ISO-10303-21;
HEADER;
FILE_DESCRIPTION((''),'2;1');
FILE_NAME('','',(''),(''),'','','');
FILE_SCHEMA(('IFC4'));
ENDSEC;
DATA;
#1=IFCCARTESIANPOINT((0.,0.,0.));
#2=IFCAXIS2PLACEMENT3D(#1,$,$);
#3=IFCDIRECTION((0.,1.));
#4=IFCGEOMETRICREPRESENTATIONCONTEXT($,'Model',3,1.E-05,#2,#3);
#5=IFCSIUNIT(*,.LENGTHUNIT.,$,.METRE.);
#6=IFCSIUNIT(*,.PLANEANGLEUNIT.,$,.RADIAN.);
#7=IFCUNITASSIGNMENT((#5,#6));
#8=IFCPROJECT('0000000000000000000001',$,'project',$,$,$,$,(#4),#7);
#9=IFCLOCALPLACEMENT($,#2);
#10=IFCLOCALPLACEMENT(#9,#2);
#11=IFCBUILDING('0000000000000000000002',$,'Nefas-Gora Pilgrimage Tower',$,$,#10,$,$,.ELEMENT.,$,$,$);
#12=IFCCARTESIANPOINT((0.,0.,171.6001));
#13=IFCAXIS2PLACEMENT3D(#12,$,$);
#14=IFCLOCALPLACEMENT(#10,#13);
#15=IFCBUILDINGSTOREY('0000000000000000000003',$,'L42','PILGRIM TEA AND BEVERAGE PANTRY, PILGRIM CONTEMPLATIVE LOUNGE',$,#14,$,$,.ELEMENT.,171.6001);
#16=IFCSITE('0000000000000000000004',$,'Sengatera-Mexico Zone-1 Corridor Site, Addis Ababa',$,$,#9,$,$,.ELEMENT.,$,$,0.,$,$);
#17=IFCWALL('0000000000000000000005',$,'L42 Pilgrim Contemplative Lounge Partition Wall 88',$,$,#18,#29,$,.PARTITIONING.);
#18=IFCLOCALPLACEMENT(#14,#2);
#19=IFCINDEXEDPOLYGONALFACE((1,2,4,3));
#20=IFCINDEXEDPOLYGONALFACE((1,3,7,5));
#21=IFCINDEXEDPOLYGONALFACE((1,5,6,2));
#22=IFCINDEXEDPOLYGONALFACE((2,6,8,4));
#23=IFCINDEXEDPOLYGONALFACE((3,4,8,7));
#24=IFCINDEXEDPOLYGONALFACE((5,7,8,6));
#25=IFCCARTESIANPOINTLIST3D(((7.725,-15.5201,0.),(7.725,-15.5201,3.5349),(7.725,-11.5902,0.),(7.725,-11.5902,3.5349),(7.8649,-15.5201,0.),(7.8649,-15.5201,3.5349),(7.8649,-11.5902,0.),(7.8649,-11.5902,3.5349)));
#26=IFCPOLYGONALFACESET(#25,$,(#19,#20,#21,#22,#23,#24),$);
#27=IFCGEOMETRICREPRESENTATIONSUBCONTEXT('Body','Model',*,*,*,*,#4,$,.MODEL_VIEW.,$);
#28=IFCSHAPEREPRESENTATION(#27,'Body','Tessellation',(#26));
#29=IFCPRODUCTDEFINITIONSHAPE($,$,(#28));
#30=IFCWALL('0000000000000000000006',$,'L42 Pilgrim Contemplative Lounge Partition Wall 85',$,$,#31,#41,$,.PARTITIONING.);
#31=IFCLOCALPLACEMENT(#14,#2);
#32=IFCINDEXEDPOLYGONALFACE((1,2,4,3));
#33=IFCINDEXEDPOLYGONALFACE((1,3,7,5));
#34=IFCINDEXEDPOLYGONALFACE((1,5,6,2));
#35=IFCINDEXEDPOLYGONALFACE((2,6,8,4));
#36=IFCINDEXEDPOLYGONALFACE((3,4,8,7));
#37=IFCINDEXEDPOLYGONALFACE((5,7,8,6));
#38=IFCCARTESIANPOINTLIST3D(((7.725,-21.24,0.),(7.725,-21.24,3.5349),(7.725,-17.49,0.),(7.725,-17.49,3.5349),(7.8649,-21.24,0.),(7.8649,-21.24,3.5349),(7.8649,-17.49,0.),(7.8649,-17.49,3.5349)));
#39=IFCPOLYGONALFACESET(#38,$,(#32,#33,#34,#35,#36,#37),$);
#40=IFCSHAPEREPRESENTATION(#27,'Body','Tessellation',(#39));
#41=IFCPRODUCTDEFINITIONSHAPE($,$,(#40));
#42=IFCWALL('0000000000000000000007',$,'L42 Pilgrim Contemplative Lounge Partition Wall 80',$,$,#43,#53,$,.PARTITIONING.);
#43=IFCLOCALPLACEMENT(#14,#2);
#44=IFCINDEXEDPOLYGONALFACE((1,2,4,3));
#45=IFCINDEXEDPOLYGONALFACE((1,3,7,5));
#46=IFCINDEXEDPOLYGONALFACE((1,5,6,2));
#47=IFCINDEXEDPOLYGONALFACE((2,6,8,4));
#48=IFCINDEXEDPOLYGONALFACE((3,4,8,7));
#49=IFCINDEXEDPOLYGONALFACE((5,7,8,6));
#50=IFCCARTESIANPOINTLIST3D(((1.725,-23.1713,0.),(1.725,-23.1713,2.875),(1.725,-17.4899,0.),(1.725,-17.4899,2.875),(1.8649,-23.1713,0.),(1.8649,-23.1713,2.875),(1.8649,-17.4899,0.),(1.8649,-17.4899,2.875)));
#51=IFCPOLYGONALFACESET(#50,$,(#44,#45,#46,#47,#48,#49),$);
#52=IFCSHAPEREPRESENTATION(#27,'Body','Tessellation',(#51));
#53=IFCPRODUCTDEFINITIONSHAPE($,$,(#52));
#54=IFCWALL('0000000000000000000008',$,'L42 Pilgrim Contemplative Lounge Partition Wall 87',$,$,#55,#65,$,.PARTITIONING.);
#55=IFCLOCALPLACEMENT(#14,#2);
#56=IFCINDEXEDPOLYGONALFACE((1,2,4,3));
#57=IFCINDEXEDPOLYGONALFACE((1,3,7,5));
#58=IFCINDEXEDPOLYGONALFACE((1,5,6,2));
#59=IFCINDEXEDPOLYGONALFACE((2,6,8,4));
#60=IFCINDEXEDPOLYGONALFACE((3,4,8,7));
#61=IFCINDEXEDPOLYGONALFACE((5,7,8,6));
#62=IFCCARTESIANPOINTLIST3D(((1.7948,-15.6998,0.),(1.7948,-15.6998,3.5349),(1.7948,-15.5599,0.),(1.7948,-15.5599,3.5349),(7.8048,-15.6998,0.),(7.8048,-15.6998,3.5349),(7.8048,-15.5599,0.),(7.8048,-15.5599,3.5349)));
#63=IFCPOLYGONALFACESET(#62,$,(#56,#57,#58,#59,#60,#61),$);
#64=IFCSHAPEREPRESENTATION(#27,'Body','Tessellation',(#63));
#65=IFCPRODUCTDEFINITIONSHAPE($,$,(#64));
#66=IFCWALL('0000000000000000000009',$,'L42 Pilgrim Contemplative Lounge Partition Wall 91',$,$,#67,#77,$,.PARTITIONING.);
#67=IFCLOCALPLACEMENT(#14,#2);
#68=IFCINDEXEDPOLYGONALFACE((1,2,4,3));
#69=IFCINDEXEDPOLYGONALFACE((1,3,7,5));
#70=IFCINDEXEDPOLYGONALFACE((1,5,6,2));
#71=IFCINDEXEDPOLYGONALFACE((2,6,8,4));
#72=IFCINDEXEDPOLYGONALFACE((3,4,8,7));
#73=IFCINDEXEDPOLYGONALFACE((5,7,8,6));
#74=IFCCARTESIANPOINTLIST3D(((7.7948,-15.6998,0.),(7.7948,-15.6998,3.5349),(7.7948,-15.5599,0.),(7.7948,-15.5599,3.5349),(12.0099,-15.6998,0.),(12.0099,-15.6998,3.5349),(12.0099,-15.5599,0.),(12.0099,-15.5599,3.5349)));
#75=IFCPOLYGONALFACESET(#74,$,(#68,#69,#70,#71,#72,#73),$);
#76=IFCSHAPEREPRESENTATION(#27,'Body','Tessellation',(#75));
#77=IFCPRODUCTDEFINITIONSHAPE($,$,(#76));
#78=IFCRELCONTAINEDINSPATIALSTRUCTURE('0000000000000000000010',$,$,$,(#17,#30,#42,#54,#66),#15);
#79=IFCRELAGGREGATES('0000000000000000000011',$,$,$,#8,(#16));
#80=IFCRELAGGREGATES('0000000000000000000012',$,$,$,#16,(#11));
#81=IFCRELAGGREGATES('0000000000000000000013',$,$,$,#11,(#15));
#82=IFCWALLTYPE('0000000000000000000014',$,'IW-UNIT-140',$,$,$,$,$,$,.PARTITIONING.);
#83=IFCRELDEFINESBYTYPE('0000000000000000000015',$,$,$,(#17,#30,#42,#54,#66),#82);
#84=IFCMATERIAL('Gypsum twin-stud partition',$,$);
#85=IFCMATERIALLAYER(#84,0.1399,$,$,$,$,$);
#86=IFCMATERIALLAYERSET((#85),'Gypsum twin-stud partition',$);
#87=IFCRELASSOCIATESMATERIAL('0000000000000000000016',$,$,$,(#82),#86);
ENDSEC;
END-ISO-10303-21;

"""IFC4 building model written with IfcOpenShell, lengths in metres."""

from ifc_helpers import new_model, si_unit, direction, frame, frame_2d, origin, place, context, subcontext, project, spatial, rectangle, extrude, source, transform, mapped, material, layer, layer_set, type_object, element, save


model = new_model("IFC4")

# Units and contexts
model_context = context("Model", 3, precision=1e-05, world=origin(), true_north=direction((0.0, 1.0)))
body_context = subcontext(model_context, "Body", "Model", "MODEL_VIEW")
ifc_project = project(units=[si_unit("LENGTHUNIT", "METRE"), si_unit("PLANEANGLEUNIT", "RADIAN")], contexts=[model_context])

# Site, building, storey
site_placement = place(None, origin())
site = spatial("IfcSite", under=ifc_project, at=site_placement, Name="Sengatera-Mexico Zone-1 Corridor Site, Addis Ababa", CompositionType="ELEMENT", RefElevation=0.0)
building_placement = place(site_placement, origin())
building = spatial("IfcBuilding", under=site, at=building_placement, Name="Nefas-Gora Pilgrimage Tower", CompositionType="ELEMENT")
storey_placement = place(building_placement, frame((0.0, 0.0, 171.6001)))
storey = spatial("IfcBuildingStorey", under=building, at=storey_placement, Name="L42", Description="PILGRIM TEA AND BEVERAGE PANTRY, PILGRIM CONTEMPLATIVE LOUNGE", CompositionType="ELEMENT", Elevation=171.6001)

# Walls
ifc_material_1 = material(Name="Gypsum twin-stud partition")
ifc_layer_1 = layer(ifc_material_1, 0.1399)
ifc_layer_set_1 = layer_set([ifc_layer_1], Name="Gypsum twin-stud partition")
wall_type_1 = type_object("IfcWallType", Name="IW-UNIT-140", PredefinedType="PARTITIONING", material=ifc_layer_set_1)
shared_shape_1 = source(origin(), body_context, "Body", "SweptSolid", [
    extrude(rectangle(XDim=3.9299, YDim=0.1399, at=frame_2d((1.9648, 0.0))), origin(), (0.0, 0.0, 1.0), 3.5349),
])
for number, where, z_axis, x_axis, name in (
    (1, (7.7949, -15.52, 0.0), (0.0, 0.0, 1.0), (0.0, 1.0, 0.0), "L42 Pilgrim Contemplative Lounge Partition Wall 88"),
):
    element("IfcWall", number, at=place(storey_placement, frame(where, z_axis=z_axis, x_axis=x_axis)), inside=storey, type_object=wall_type_1, Name=name, PredefinedType="PARTITIONING", context=body_context, shape_type="MappedRepresentation", body=[
        mapped(shared_shape_1, transform((0.0, 0.0, 0.0), x_axis=(1.0, 0.0, 0.0), y_axis=(0.0, 1.0, 0.0), z_axis=(0.0, 0.0, 1.0), scale=1.0)),
    ])
shared_shape_2 = source(origin(), body_context, "Body", "SweptSolid", [
    extrude(rectangle(XDim=3.75, YDim=0.1399, at=frame_2d((1.875, 0.0))), origin(), (0.0, 0.0, 1.0), 3.5349),
])
wall_1_placement = place(storey_placement, frame((7.7949, -21.24, 0.0), z_axis=(0.0, 0.0, 1.0), x_axis=(0.0, 1.0, 0.0)))
element("IfcWall", 2, at=wall_1_placement, inside=storey, type_object=wall_type_1, Name="L42 Pilgrim Contemplative Lounge Partition Wall 85", PredefinedType="PARTITIONING", context=body_context, shape_type="MappedRepresentation", body=[
    mapped(shared_shape_2, transform((0.0, 0.0, 0.0), x_axis=(1.0, 0.0, 0.0), y_axis=(0.0, 1.0, 0.0), z_axis=(0.0, 0.0, 1.0), scale=1.0)),
])
shared_shape_3 = source(origin(), body_context, "Body", "SweptSolid", [
    extrude(rectangle(XDim=5.6814, YDim=0.1399, at=frame_2d((2.8408, 0.0))), origin(), (0.0, 0.0, 1.0), 2.875),
])
wall_2_placement = place(storey_placement, frame((1.7949, -23.1714, 0.0), z_axis=(0.0, 0.0, 1.0), x_axis=(0.0, 1.0, 0.0)))
element("IfcWall", 3, at=wall_2_placement, inside=storey, type_object=wall_type_1, Name="L42 Pilgrim Contemplative Lounge Partition Wall 80", PredefinedType="PARTITIONING", context=body_context, shape_type="MappedRepresentation", body=[
    mapped(shared_shape_3, transform((0.0, 0.0, 0.0), x_axis=(1.0, 0.0, 0.0), y_axis=(0.0, 1.0, 0.0), z_axis=(0.0, 0.0, 1.0), scale=1.0)),
])
shared_shape_4 = source(origin(), body_context, "Body", "SweptSolid", [
    extrude(rectangle(XDim=6.01, YDim=0.1399, at=frame_2d((3.0049, 0.0))), origin(), (0.0, 0.0, 1.0), 3.5349),
])
wall_3_placement = place(storey_placement, frame((1.7949, -15.6299, 0.0), z_axis=(0.0, 0.0, 1.0), x_axis=(1.0, 0.0, 0.0)))
element("IfcWall", 4, at=wall_3_placement, inside=storey, type_object=wall_type_1, Name="L42 Pilgrim Contemplative Lounge Partition Wall 87", PredefinedType="PARTITIONING", context=body_context, shape_type="MappedRepresentation", body=[
    mapped(shared_shape_4, transform((0.0, 0.0, 0.0), x_axis=(1.0, 0.0, 0.0), y_axis=(0.0, 1.0, 0.0), z_axis=(0.0, 0.0, 1.0), scale=1.0)),
])
shared_shape_5 = source(origin(), body_context, "Body", "SweptSolid", [
    extrude(rectangle(XDim=4.2151, YDim=0.1399, at=frame_2d((2.1074, 0.0))), origin(), (0.0, 0.0, 1.0), 3.5349),
])
wall_4_placement = place(storey_placement, frame((7.7949, -15.6299, 0.0), z_axis=(0.0, 0.0, 1.0), x_axis=(1.0, 0.0, 0.0)))
element("IfcWall", 5, at=wall_4_placement, inside=storey, type_object=wall_type_1, Name="L42 Pilgrim Contemplative Lounge Partition Wall 91", PredefinedType="PARTITIONING", context=body_context, shape_type="MappedRepresentation", body=[
    mapped(shared_shape_5, transform((0.0, 0.0, 0.0), x_axis=(1.0, 0.0, 0.0), y_axis=(0.0, 1.0, 0.0), z_axis=(0.0, 0.0, 1.0), scale=1.0)),
])

save(model, "model.ifc")
